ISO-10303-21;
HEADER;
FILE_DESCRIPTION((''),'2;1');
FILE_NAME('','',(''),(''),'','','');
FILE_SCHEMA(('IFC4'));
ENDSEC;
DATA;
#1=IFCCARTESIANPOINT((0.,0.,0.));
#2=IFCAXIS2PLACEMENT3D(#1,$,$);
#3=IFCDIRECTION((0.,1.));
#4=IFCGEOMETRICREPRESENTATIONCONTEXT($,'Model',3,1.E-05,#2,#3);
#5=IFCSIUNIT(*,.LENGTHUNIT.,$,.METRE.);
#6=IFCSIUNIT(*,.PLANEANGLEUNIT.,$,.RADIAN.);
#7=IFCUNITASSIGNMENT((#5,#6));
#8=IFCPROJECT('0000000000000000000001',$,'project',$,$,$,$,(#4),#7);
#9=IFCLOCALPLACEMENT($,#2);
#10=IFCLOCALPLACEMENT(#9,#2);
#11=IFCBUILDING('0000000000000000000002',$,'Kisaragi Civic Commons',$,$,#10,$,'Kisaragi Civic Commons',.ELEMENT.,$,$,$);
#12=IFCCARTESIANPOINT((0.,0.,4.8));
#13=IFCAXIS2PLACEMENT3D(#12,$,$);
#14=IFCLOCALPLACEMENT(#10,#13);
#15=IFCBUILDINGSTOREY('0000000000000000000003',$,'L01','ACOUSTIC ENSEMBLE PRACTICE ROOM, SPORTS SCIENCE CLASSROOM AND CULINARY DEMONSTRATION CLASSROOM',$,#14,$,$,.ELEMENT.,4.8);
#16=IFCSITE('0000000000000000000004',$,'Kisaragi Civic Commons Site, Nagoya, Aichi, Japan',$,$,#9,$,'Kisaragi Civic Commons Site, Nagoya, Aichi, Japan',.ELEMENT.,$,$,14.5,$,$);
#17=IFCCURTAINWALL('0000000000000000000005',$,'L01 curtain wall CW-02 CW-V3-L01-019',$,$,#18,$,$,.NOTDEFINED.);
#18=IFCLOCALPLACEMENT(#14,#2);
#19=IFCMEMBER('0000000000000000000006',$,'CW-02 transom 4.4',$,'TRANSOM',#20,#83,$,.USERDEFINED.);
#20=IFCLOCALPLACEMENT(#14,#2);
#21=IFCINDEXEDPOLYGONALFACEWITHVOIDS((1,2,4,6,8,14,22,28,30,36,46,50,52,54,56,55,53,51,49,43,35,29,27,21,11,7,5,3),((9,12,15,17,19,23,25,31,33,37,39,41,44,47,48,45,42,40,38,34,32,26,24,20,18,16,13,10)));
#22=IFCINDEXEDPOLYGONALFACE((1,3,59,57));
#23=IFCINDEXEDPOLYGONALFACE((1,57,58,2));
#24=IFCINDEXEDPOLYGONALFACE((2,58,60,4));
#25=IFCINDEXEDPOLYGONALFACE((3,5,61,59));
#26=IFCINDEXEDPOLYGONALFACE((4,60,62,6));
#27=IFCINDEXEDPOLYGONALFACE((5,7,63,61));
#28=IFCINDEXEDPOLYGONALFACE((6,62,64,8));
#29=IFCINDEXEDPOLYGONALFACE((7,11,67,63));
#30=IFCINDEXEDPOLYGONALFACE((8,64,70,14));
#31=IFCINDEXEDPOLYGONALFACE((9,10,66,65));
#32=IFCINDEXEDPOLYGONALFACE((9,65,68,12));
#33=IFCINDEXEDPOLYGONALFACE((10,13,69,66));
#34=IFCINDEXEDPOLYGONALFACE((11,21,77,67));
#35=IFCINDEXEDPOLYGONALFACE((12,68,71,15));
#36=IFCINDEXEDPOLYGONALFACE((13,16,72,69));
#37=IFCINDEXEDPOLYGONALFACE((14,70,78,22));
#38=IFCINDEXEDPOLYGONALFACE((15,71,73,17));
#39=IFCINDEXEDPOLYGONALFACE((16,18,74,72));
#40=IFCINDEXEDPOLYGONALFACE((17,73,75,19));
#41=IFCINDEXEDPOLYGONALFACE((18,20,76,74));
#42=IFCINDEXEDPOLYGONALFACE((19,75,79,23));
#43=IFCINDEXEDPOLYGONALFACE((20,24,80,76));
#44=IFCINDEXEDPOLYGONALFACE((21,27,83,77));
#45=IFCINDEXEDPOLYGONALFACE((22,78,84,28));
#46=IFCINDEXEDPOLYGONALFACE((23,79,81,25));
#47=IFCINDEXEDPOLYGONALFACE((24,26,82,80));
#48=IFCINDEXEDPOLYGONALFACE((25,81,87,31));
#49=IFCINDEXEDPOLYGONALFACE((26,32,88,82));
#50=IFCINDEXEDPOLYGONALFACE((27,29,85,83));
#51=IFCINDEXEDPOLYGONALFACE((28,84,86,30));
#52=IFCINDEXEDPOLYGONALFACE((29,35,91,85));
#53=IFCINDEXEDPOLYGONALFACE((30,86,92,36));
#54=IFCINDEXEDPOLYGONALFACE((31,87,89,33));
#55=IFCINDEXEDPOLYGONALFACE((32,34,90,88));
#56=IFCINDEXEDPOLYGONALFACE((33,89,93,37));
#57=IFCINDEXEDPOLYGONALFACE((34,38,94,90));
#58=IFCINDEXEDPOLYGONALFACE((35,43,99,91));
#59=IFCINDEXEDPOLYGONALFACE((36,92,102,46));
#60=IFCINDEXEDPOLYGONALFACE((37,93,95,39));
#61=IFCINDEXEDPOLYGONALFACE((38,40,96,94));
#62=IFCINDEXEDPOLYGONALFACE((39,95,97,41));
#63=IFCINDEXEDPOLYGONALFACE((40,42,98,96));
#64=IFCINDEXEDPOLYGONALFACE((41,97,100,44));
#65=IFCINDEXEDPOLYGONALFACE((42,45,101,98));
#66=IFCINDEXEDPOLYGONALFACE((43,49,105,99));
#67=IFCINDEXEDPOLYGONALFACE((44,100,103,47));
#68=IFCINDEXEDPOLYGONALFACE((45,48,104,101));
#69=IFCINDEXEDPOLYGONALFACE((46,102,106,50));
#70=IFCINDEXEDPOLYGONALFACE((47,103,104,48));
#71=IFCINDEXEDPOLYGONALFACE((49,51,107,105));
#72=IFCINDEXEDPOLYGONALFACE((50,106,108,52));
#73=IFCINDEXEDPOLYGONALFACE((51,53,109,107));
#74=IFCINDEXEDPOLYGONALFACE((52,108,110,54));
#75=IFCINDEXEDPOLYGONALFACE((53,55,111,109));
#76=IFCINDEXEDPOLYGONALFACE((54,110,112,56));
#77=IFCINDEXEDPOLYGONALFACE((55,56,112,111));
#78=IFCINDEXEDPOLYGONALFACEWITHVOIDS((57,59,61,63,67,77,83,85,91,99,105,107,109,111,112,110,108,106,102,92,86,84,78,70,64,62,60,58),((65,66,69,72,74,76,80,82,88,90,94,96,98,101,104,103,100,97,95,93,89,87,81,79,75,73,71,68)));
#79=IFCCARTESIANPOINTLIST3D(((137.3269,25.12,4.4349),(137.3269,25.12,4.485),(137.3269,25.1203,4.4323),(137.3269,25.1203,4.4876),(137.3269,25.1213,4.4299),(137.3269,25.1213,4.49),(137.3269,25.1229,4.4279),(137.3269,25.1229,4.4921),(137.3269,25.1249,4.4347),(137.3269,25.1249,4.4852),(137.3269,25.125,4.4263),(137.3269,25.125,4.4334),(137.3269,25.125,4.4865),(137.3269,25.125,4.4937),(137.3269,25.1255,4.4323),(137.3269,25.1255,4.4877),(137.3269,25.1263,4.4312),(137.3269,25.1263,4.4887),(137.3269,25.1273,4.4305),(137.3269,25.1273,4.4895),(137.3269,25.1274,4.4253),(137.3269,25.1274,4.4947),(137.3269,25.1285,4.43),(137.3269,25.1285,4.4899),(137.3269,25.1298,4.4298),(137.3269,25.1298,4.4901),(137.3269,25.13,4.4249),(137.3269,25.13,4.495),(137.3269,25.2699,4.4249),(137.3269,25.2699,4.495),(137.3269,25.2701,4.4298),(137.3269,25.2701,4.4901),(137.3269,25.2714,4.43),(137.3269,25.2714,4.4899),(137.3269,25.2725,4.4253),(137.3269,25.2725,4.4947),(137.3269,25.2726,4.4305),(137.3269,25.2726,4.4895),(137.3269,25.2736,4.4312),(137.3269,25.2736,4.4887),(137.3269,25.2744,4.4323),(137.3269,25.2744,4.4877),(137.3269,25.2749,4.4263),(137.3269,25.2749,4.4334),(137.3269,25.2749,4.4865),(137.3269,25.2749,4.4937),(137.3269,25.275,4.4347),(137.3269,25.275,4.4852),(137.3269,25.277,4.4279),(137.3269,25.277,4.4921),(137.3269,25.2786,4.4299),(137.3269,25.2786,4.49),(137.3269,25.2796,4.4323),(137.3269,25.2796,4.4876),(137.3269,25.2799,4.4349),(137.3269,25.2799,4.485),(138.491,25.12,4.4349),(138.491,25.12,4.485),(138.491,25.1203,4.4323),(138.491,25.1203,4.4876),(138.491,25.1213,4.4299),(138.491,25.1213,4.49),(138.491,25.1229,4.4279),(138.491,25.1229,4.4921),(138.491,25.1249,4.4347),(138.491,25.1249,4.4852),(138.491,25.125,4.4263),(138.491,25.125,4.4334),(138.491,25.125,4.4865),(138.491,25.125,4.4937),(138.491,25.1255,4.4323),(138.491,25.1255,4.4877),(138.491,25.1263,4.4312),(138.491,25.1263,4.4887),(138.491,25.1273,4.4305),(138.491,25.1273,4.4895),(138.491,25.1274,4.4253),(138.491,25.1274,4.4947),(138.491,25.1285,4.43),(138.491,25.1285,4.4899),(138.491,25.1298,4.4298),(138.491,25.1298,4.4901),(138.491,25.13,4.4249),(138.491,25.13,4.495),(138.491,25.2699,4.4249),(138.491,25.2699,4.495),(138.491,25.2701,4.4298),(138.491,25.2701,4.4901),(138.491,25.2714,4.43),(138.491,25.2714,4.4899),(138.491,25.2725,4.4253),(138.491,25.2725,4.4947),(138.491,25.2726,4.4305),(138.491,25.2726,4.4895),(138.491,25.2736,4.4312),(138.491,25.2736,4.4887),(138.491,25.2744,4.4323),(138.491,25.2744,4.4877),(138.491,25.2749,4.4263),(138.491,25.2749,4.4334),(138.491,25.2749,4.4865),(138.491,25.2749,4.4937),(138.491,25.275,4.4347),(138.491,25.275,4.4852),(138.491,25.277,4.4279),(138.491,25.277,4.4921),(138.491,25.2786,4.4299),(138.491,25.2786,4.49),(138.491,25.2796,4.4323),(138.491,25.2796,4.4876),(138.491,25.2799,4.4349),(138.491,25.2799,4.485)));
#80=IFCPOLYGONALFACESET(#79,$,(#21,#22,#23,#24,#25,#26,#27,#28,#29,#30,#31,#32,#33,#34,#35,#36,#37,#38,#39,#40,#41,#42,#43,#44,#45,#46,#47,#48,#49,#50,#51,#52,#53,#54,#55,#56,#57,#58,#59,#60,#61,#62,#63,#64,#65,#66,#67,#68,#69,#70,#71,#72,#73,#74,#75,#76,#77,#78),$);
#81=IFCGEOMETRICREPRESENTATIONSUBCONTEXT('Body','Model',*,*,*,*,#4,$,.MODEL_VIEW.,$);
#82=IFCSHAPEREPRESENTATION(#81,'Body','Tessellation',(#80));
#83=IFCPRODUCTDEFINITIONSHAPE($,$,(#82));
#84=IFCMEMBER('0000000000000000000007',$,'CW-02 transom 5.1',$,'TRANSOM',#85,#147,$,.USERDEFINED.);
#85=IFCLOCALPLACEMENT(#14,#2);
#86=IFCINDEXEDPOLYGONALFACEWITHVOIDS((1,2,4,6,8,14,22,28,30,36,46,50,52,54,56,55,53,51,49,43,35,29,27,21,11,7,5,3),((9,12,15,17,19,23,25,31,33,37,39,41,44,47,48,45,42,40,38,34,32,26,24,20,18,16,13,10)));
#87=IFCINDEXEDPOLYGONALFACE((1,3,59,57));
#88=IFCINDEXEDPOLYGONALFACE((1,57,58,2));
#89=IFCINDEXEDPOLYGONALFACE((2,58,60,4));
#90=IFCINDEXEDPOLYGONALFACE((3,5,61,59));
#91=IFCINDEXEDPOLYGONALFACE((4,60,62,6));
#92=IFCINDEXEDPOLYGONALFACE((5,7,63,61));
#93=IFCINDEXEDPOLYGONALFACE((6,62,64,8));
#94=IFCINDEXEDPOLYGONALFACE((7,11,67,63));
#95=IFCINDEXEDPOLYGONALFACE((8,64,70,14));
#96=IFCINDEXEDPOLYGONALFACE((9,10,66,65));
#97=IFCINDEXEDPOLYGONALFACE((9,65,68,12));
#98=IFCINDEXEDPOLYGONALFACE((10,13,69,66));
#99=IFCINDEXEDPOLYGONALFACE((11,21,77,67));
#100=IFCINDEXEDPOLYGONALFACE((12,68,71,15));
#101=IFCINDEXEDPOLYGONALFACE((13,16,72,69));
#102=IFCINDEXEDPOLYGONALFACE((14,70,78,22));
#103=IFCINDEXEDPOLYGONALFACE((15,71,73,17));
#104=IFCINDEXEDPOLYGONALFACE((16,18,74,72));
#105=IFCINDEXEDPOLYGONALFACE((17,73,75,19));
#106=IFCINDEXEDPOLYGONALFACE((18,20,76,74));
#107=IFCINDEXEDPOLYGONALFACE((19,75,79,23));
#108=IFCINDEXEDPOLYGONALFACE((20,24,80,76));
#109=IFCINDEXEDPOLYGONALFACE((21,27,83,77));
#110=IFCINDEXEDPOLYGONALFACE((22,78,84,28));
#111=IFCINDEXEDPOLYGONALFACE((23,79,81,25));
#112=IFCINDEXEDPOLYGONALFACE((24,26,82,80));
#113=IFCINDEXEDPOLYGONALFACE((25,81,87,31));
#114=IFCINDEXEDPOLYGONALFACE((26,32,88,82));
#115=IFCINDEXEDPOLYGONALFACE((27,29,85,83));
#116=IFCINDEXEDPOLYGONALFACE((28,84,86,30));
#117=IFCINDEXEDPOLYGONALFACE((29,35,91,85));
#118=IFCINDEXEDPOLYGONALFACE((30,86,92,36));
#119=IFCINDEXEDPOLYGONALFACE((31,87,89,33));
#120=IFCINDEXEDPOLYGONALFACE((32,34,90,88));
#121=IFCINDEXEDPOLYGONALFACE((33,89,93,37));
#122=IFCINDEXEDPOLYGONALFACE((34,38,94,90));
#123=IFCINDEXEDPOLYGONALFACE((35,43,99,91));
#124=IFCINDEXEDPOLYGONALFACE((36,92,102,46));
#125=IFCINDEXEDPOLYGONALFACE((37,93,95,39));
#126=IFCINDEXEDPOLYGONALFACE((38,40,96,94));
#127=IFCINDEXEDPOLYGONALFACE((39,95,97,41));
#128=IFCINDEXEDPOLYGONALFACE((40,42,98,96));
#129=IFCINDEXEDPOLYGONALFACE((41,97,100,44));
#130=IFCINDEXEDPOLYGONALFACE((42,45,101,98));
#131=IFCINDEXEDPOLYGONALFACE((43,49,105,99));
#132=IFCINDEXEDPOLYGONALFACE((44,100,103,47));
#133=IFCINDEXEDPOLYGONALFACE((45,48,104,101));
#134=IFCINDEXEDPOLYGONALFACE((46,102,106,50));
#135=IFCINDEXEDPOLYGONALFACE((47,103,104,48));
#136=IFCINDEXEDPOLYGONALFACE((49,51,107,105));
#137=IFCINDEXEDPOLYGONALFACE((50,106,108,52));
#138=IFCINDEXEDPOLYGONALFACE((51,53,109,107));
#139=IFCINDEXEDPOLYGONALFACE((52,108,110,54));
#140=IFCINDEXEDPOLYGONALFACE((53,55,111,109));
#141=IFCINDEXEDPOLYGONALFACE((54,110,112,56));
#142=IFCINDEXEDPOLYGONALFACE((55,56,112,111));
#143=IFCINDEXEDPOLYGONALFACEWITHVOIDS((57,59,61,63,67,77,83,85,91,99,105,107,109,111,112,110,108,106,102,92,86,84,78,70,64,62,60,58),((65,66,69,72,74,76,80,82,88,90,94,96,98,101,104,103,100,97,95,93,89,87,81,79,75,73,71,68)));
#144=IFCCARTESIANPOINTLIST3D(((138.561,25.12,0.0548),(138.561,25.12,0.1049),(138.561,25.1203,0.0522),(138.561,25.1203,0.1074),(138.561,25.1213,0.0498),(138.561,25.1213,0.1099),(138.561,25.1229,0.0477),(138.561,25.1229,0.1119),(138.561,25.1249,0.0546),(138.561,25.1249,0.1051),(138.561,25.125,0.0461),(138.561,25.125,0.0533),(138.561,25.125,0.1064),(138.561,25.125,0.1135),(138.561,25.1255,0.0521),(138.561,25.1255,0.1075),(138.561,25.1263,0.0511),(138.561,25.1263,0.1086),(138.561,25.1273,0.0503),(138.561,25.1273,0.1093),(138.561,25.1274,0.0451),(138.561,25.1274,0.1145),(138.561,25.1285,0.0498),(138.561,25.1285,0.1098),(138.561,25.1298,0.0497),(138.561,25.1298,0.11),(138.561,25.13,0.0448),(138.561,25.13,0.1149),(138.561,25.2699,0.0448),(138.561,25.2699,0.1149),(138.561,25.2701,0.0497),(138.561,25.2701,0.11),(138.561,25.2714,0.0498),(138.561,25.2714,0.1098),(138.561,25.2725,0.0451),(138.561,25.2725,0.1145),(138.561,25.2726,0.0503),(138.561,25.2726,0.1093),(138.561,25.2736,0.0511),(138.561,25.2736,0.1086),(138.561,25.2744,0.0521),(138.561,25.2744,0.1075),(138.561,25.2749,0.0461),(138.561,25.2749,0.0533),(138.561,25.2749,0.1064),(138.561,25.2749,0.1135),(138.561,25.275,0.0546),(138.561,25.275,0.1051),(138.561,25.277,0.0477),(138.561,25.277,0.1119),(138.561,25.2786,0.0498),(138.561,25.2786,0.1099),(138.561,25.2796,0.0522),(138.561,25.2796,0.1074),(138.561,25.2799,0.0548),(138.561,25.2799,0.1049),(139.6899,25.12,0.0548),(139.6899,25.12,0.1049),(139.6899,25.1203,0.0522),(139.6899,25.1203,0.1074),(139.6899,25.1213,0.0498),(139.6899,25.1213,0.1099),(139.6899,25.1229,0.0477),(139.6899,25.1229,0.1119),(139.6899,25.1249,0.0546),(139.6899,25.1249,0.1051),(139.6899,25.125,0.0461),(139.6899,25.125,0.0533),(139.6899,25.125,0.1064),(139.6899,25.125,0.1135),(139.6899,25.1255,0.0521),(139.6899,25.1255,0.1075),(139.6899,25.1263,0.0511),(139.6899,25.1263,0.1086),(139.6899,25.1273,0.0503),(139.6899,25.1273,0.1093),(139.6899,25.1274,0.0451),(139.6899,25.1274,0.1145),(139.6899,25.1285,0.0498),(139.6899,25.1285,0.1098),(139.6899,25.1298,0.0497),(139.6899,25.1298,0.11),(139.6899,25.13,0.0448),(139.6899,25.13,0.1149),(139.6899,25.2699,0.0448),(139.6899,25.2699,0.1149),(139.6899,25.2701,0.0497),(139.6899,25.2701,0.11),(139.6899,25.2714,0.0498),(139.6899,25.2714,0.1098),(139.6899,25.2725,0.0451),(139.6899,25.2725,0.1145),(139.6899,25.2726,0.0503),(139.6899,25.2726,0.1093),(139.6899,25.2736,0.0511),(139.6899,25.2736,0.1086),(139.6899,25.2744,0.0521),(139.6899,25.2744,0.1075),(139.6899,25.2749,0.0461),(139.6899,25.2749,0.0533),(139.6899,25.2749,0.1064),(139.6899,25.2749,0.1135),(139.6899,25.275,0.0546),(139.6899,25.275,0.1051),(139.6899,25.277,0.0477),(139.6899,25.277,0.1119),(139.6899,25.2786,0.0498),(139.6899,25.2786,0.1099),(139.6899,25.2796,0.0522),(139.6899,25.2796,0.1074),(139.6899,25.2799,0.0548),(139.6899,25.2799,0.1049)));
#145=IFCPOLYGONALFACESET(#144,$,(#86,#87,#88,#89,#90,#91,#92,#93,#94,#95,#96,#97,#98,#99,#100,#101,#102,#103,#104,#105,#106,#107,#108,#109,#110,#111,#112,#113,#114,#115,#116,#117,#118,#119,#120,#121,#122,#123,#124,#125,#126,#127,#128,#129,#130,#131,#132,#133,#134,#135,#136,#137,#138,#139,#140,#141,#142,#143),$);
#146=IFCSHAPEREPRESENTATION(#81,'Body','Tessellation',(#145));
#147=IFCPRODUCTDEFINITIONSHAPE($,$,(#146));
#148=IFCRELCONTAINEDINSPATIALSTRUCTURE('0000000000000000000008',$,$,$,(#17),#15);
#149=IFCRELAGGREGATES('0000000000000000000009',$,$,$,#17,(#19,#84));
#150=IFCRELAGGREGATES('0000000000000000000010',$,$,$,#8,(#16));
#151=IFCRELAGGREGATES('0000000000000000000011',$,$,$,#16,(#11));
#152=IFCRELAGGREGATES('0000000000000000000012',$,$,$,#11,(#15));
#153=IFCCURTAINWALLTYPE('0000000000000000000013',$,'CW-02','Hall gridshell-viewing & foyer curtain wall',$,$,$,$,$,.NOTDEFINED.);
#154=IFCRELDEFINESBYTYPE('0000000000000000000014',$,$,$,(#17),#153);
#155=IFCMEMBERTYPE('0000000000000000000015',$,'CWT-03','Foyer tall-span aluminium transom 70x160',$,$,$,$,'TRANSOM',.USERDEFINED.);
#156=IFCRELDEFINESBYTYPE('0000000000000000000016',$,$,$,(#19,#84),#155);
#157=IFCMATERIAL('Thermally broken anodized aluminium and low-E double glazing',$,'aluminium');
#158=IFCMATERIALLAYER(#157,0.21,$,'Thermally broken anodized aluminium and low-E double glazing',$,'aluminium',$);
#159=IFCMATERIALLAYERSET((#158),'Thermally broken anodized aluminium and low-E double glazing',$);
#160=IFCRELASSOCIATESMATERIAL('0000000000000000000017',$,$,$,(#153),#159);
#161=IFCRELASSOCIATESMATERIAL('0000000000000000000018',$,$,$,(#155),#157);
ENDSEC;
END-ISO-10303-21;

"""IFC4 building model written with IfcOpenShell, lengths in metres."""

from ifc_helpers import new_model, si_unit, direction, frame, origin, origin_2d, place, context, subcontext, project, spatial, hollow_rectangle, extrude, material, layer, layer_set, material_profile, profile_set, type_object, element, aggregate, save


model = new_model("IFC4")

# Units and contexts
model_context = context("Model", 3, precision=1e-05, world=origin(), true_north=direction((0.0, 1.0)))
body_context = subcontext(model_context, "Body", "Model", "MODEL_VIEW")
ifc_project = project(units=[si_unit("LENGTHUNIT", "METRE"), si_unit("PLANEANGLEUNIT", "RADIAN")], contexts=[model_context])

# Site, building, storey
site_placement = place(None, origin())
site = spatial("IfcSite", under=ifc_project, at=site_placement, Name="Kisaragi Civic Commons Site, Nagoya, Aichi, Japan", LongName="Kisaragi Civic Commons Site, Nagoya, Aichi, Japan", CompositionType="ELEMENT", RefElevation=14.5)
building_placement = place(site_placement, origin())
building = spatial("IfcBuilding", under=site, at=building_placement, Name="Kisaragi Civic Commons", LongName="Kisaragi Civic Commons", CompositionType="ELEMENT")
storey_placement = place(building_placement, frame((0.0, 0.0, 4.8)))
storey = spatial("IfcBuildingStorey", under=building, at=storey_placement, Name="L01", Description="ACOUSTIC ENSEMBLE PRACTICE ROOM, SPORTS SCIENCE CLASSROOM AND CULINARY DEMONSTRATION CLASSROOM", CompositionType="ELEMENT", Elevation=4.8)

# Curtain wall, members
ifc_material_1 = material(Name="Thermally broken anodized aluminium and low-E double glazing", Category="aluminium")
ifc_layer_1 = layer(ifc_material_1, 0.21, Name="Thermally broken anodized aluminium and low-E double glazing", Category="aluminium")
ifc_layer_set_1 = layer_set([ifc_layer_1], Name="Thermally broken anodized aluminium and low-E double glazing")
curtain_wall_type = type_object("IfcCurtainWallType", Name="CW-02", Description="Hall gridshell-viewing & foyer curtain wall", PredefinedType="NOTDEFINED", material=ifc_layer_set_1)
curtain_wall_placement = place(storey_placement, origin())
curtain_wall = element("IfcCurtainWall", 1, at=curtain_wall_placement, inside=storey, type_object=curtain_wall_type, Name="L01 curtain wall CW-02 CW-V3-L01-019", PredefinedType="NOTDEFINED")
ifc_material_profile_1 = material_profile(ifc_material_1, hollow_rectangle(XDim=0.1599, YDim=0.0701, WallThickness=0.0049, InnerFilletRadius=0.0049, OuterFilletRadius=0.01, at=origin_2d()), Name="CWT-70x160x5", Category="aluminium")
ifc_profile_set_1 = profile_set([ifc_material_profile_1], Name="Thermally broken anodized aluminium and low-E double glazing")
member_type_1 = type_object("IfcMemberType", Name="CWT-03", Description="Foyer tall-span aluminium transom 70x160", ElementType="TRANSOM", PredefinedType="USERDEFINED", material=ifc_profile_set_1)
member_1_placement = place(storey_placement, frame((137.3269, 25.2, 4.46), z_axis=(1.0, 0.0, 0.0), x_axis=(0.0, 1.0, 0.0)))
member_1 = element("IfcMember", 2, at=member_1_placement, type_object=member_type_1, Name="CW-02 transom 4.4", ObjectType="TRANSOM", PredefinedType="USERDEFINED", context=body_context, shape_type="SweptSolid", body=[
    extrude(hollow_rectangle(XDim=0.1599, YDim=0.0701, WallThickness=0.0049, InnerFilletRadius=0.0049, OuterFilletRadius=0.01, at=origin_2d()), origin(), (0.0, 0.0, 1.0), 1.1641),
])
member_2_placement = place(storey_placement, frame((138.561, 25.2, 0.0798), z_axis=(1.0, 0.0, 0.0), x_axis=(0.0, 1.0, 0.0)))
member_2 = element("IfcMember", 3, at=member_2_placement, type_object=member_type_1, Name="CW-02 transom 5.1", ObjectType="TRANSOM", PredefinedType="USERDEFINED", context=body_context, shape_type="SweptSolid", body=[
    extrude(hollow_rectangle(XDim=0.1599, YDim=0.0701, WallThickness=0.0049, InnerFilletRadius=0.0049, OuterFilletRadius=0.01, at=origin_2d()), origin(), (0.0, 0.0, 1.0), 1.1289),
])

aggregate(curtain_wall, [member_1, member_2])

save(model, "model.ifc")
